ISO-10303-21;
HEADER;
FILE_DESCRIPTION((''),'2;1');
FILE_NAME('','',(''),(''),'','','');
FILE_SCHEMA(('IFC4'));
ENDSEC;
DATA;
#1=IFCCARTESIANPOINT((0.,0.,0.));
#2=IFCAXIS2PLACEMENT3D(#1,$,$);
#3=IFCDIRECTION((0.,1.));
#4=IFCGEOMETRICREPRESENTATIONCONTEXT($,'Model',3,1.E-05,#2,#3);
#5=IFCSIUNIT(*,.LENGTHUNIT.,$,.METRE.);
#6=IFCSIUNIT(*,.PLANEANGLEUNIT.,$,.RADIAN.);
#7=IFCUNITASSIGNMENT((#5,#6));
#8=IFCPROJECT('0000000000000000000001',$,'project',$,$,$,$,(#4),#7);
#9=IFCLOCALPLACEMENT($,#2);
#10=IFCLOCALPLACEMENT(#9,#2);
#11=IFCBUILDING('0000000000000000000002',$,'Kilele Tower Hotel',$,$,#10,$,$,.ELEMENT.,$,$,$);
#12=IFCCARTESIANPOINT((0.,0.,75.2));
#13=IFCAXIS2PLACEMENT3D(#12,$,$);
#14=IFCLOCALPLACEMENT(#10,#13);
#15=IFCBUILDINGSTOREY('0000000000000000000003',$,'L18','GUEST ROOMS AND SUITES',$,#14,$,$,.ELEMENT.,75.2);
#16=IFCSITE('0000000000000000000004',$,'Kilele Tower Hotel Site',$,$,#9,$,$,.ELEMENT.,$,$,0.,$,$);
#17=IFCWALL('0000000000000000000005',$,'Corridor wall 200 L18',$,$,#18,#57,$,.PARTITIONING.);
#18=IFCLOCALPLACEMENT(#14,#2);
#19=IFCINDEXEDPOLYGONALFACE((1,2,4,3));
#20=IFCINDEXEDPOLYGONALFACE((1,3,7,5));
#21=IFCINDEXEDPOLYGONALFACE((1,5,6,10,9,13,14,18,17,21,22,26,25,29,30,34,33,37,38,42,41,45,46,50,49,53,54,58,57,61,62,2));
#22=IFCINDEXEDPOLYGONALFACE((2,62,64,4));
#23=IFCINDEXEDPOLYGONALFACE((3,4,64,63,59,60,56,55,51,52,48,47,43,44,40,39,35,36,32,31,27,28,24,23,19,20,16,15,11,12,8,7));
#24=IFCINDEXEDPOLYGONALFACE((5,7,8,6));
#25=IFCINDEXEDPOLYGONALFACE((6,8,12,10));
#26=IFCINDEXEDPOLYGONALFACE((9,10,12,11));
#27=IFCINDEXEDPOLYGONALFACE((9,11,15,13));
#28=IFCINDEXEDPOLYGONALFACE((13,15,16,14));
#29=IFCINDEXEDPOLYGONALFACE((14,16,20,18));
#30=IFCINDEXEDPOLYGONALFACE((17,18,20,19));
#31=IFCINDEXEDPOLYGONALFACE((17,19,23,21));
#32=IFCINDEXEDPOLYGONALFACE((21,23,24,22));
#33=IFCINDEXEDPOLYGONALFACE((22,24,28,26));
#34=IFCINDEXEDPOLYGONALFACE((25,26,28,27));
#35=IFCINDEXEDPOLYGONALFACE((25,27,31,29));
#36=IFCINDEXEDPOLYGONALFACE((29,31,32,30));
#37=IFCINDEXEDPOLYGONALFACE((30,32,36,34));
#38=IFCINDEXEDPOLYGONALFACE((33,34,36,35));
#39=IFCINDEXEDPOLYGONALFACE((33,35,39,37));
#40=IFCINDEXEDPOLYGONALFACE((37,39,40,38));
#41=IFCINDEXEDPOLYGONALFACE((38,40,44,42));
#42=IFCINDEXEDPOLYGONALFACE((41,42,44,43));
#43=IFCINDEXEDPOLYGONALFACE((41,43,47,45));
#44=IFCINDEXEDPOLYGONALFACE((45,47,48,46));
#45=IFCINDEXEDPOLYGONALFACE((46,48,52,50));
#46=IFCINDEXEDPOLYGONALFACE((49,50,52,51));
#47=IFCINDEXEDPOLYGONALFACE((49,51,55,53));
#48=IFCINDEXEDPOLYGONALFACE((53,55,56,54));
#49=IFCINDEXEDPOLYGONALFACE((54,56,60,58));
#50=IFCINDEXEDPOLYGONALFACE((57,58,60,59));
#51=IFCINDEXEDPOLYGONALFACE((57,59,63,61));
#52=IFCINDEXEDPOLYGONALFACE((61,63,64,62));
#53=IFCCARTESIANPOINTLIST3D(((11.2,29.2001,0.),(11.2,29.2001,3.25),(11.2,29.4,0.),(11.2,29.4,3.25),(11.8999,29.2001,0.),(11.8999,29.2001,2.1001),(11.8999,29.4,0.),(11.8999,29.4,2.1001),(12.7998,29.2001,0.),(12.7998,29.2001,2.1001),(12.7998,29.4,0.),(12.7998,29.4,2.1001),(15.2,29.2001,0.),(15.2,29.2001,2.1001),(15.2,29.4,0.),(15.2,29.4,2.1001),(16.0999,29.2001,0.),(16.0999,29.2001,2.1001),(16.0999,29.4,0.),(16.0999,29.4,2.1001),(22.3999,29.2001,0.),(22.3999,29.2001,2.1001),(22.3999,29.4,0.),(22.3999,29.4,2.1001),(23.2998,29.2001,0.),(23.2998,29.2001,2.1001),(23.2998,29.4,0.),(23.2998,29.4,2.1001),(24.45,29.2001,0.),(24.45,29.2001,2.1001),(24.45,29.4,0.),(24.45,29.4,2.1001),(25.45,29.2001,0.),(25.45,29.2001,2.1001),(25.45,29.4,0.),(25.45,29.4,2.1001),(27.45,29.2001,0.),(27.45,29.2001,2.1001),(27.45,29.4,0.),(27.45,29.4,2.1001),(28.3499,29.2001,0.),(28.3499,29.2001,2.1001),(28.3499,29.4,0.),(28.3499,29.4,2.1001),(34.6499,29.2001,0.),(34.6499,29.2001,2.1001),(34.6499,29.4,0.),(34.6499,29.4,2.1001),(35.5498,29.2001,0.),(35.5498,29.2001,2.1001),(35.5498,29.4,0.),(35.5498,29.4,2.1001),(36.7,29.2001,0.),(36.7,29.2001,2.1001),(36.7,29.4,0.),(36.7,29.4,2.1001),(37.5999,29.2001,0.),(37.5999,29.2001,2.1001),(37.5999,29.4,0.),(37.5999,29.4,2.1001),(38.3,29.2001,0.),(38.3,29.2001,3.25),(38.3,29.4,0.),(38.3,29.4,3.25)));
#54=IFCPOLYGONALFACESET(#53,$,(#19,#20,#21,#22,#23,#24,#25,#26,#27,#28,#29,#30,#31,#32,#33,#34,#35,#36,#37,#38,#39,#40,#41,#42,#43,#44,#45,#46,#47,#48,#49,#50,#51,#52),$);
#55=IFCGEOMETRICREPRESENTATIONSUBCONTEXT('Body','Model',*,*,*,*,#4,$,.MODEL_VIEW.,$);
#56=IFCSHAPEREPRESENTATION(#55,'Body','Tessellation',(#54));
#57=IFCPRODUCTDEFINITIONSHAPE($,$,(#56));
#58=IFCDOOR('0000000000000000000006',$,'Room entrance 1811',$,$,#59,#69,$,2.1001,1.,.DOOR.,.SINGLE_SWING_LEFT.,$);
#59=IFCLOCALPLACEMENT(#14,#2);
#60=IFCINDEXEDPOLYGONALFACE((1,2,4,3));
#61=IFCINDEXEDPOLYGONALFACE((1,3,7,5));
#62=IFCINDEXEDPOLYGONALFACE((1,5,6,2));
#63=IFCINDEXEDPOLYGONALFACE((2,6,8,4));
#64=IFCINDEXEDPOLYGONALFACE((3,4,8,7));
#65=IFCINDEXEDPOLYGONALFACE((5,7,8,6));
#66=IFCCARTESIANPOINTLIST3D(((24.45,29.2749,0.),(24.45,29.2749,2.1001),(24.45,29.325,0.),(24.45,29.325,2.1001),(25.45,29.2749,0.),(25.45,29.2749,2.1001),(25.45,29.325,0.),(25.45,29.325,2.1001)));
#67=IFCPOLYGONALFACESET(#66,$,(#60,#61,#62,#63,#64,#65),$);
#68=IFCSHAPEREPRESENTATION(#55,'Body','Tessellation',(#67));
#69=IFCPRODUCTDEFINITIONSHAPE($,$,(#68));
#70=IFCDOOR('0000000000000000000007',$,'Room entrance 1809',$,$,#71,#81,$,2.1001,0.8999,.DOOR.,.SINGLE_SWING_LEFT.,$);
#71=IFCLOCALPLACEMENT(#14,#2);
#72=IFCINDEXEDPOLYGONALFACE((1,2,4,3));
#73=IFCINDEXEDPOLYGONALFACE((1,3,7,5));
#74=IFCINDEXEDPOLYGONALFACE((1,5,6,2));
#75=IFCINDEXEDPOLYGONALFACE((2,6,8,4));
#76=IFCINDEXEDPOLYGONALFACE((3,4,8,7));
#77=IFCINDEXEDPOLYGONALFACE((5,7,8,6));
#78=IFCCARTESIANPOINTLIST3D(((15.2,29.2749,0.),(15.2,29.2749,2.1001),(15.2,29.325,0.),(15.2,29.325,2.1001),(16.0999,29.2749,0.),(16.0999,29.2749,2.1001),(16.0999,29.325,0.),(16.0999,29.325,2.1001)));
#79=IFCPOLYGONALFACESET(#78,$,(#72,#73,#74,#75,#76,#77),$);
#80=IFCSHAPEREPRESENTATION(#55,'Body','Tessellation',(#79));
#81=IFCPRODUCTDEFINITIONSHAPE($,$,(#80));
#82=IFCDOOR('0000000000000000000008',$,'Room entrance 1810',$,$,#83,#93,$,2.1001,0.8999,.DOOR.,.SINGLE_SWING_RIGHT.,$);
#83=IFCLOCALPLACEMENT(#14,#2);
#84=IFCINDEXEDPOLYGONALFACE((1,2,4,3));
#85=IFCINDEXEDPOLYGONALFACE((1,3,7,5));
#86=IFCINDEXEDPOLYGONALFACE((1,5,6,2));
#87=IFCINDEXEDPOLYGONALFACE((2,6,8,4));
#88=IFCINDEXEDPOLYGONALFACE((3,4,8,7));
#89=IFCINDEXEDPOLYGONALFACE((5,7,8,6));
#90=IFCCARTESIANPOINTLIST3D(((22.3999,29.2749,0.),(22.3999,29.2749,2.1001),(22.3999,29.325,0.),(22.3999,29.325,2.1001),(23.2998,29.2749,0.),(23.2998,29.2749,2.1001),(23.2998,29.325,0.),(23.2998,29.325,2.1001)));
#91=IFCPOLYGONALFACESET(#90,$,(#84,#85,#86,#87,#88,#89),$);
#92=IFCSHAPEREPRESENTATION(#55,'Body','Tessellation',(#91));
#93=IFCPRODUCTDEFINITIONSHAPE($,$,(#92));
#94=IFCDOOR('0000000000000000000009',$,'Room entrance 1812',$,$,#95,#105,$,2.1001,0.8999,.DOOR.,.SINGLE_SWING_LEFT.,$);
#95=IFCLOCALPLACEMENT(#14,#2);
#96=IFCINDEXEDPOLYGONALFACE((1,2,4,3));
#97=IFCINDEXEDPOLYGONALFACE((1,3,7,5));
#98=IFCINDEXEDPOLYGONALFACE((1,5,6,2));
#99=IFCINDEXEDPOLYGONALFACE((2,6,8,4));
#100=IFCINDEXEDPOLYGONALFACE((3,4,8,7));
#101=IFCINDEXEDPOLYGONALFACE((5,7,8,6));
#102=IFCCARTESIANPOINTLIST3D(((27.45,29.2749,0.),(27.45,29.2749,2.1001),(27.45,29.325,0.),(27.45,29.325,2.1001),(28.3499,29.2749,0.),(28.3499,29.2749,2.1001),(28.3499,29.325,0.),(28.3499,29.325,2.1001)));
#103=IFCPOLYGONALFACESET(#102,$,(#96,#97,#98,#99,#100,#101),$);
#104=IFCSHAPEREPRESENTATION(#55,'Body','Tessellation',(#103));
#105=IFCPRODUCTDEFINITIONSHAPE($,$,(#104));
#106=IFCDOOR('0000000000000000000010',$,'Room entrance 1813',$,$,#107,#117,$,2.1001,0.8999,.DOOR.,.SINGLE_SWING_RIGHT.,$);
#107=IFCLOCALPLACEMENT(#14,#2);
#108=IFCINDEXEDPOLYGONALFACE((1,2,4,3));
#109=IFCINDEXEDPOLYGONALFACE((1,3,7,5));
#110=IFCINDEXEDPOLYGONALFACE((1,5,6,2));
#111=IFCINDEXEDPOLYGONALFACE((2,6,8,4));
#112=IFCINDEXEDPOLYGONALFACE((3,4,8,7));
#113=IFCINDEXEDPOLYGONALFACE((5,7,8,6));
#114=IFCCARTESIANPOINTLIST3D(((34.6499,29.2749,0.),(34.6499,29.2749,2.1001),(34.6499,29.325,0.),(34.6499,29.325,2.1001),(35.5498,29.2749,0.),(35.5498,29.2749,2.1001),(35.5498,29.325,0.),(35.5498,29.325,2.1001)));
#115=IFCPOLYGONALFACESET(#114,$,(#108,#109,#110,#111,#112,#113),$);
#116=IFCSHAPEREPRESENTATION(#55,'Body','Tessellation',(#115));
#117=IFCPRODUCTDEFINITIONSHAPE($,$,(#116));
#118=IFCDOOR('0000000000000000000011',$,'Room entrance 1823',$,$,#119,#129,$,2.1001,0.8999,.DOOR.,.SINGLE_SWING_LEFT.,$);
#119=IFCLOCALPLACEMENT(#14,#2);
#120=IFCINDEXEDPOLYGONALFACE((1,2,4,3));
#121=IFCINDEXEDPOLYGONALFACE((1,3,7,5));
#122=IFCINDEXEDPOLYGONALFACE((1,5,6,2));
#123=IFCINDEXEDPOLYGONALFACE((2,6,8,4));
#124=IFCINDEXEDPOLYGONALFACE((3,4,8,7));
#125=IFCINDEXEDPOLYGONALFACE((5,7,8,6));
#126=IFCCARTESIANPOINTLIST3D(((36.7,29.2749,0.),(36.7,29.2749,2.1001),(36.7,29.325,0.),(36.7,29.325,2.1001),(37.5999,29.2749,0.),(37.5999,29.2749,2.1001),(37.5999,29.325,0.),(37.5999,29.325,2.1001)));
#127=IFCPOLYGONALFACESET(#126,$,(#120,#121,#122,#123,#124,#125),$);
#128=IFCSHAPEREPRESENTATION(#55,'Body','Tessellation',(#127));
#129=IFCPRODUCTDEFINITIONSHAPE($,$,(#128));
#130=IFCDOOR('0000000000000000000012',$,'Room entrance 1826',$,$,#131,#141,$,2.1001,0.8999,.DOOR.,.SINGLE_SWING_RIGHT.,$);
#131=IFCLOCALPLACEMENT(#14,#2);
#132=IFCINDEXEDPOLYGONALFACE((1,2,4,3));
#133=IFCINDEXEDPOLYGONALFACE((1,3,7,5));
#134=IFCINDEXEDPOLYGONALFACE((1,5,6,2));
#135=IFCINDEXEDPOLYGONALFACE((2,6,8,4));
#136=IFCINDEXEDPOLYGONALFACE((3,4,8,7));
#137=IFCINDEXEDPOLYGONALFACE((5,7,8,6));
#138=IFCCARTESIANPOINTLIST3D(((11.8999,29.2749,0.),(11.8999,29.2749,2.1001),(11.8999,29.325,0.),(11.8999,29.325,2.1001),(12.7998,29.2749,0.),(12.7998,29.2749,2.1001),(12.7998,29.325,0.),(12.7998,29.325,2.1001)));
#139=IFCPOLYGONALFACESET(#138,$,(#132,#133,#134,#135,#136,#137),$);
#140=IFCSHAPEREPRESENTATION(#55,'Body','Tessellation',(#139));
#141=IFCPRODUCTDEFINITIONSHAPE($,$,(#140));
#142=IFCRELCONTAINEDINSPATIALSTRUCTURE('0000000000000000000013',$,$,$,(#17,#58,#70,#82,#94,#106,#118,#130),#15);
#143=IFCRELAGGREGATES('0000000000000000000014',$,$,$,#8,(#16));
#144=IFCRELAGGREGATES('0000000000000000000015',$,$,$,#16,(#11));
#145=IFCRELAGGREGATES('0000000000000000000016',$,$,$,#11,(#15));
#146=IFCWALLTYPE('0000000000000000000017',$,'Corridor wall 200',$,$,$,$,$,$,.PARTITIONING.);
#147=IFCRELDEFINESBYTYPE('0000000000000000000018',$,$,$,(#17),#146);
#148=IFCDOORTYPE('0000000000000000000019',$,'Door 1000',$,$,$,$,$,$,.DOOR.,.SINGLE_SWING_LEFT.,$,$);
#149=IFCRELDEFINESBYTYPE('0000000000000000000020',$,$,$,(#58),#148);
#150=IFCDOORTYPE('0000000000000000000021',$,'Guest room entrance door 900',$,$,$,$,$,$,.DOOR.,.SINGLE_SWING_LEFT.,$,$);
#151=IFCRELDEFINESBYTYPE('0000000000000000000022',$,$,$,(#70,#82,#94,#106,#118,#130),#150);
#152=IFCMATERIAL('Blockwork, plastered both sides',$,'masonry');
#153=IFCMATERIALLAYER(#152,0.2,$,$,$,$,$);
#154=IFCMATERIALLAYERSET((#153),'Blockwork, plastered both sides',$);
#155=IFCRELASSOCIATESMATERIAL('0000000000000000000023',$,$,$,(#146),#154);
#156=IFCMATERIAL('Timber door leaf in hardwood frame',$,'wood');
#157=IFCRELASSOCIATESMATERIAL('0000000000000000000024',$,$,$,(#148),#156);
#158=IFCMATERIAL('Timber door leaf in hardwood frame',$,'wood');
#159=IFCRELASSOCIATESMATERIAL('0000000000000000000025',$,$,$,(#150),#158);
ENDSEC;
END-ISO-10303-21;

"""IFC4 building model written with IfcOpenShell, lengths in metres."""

from ifc_helpers import new_model, si_unit, direction, frame, frame_2d, origin, place, context, subcontext, project, spatial, rectangle, extrude, material, layer, layer_set, type_object, element, fill, save


model = new_model("IFC4")

# Units and contexts
model_context = context("Model", 3, precision=1e-05, world=origin(), true_north=direction((0.0, 1.0)))
body_context = subcontext(model_context, "Body", "Model", "MODEL_VIEW")
ifc_project = project(units=[si_unit("LENGTHUNIT", "METRE"), si_unit("PLANEANGLEUNIT", "RADIAN")], contexts=[model_context])

# Site, building, storey
site_placement = place(None, origin())
site = spatial("IfcSite", under=ifc_project, at=site_placement, Name="Kilele Tower Hotel Site", CompositionType="ELEMENT", RefElevation=0.0)
building_placement = place(site_placement, origin())
building = spatial("IfcBuilding", under=site, at=building_placement, Name="Kilele Tower Hotel", CompositionType="ELEMENT")
storey_placement = place(building_placement, frame((0.0, 0.0, 75.2)))
storey = spatial("IfcBuildingStorey", under=building, at=storey_placement, Name="L18", Description="GUEST ROOMS AND SUITES", CompositionType="ELEMENT", Elevation=75.2)

# Wall, openings, doors
ifc_material_1 = material(Name="Blockwork, plastered both sides", Category="masonry")
ifc_layer_1 = layer(ifc_material_1, 0.2)
ifc_layer_set_1 = layer_set([ifc_layer_1], Name="Blockwork, plastered both sides")
wall_type_1 = type_object("IfcWallType", Name="Corridor wall 200", PredefinedType="PARTITIONING", material=ifc_layer_set_1)
wall_1_placement = place(storey_placement, frame((11.2, 29.3, 0.0), z_axis=(0.0, 0.0, 1.0), x_axis=(1.0, 0.0, 0.0)))
wall_1 = element("IfcWall", 1, at=wall_1_placement, inside=storey, type_object=wall_type_1, Name="Corridor wall 200 L18", PredefinedType="PARTITIONING", context=body_context, shape_type="SweptSolid", body=[
    extrude(rectangle(XDim=27.1001, YDim=0.2, at=frame_2d((13.55, 0.0))), origin(), (0.0, 0.0, 1.0), 3.25),
])
opening_1_placement = place(wall_1_placement, frame((4.0, 0.0, 0.0)))
opening_1 = element("IfcOpeningElement", 2, at=opening_1_placement, cuts=wall_1, PredefinedType="OPENING", context=body_context, shape_type="SweptSolid", body=[
    extrude(rectangle(XDim=0.8999, YDim=2.1001, at=frame_2d((0.45, 1.05))), frame((0.0, 0.1099, 0.0), z_axis=(0.0, -1.0, 0.0), x_axis=(1.0, 0.0, 0.0)), (0.0, 0.0, 1.0), 0.22),
])
opening_2_placement = place(wall_1_placement, frame((11.2, 0.0, 0.0)))
opening_2 = element("IfcOpeningElement", 3, at=opening_2_placement, cuts=wall_1, PredefinedType="OPENING", context=body_context, shape_type="SweptSolid", body=[
    extrude(rectangle(XDim=0.8999, YDim=2.1001, at=frame_2d((0.45, 1.05))), frame((0.0, 0.1099, 0.0), z_axis=(0.0, -1.0, 0.0), x_axis=(1.0, 0.0, 0.0)), (0.0, 0.0, 1.0), 0.22),
])
opening_3_placement = place(wall_1_placement, frame((13.25, 0.0, 0.0)))
opening_3 = element("IfcOpeningElement", 4, at=opening_3_placement, cuts=wall_1, PredefinedType="OPENING", context=body_context, shape_type="SweptSolid", body=[
    extrude(rectangle(XDim=1.0, YDim=2.1001, at=frame_2d((0.5, 1.05))), frame((0.0, 0.1099, 0.0), z_axis=(0.0, -1.0, 0.0), x_axis=(1.0, 0.0, 0.0)), (0.0, 0.0, 1.0), 0.22),
])
opening_4_placement = place(wall_1_placement, frame((16.25, 0.0, 0.0)))
opening_4 = element("IfcOpeningElement", 5, at=opening_4_placement, cuts=wall_1, PredefinedType="OPENING", context=body_context, shape_type="SweptSolid", body=[
    extrude(rectangle(XDim=0.8999, YDim=2.1001, at=frame_2d((0.45, 1.05))), frame((0.0, 0.1099, 0.0), z_axis=(0.0, -1.0, 0.0), x_axis=(1.0, 0.0, 0.0)), (0.0, 0.0, 1.0), 0.22),
])
opening_5_placement = place(wall_1_placement, frame((23.45, 0.0, 0.0)))
opening_5 = element("IfcOpeningElement", 6, at=opening_5_placement, cuts=wall_1, PredefinedType="OPENING", context=body_context, shape_type="SweptSolid", body=[
    extrude(rectangle(XDim=0.8999, YDim=2.1001, at=frame_2d((0.45, 1.05))), frame((0.0, 0.1099, 0.0), z_axis=(0.0, -1.0, 0.0), x_axis=(1.0, 0.0, 0.0)), (0.0, 0.0, 1.0), 0.22),
])
opening_6_placement = place(wall_1_placement, frame((25.5, 0.0, 0.0)))
opening_6 = element("IfcOpeningElement", 7, at=opening_6_placement, cuts=wall_1, PredefinedType="OPENING", context=body_context, shape_type="SweptSolid", body=[
    extrude(rectangle(XDim=0.8999, YDim=2.1001, at=frame_2d((0.45, 1.05))), frame((0.0, 0.1099, 0.0), z_axis=(0.0, -1.0, 0.0), x_axis=(1.0, 0.0, 0.0)), (0.0, 0.0, 1.0), 0.22),
])
opening_7_placement = place(wall_1_placement, frame((0.7, 0.0, 0.0)))
opening_7 = element("IfcOpeningElement", 8, at=opening_7_placement, cuts=wall_1, PredefinedType="OPENING", context=body_context, shape_type="SweptSolid", body=[
    extrude(rectangle(XDim=0.8999, YDim=2.1001, at=frame_2d((0.45, 1.05))), frame((0.0, 0.1099, 0.0), z_axis=(0.0, -1.0, 0.0), x_axis=(1.0, 0.0, 0.0)), (0.0, 0.0, 1.0), 0.22),
])
ifc_material_2 = material(Name="Timber door leaf in hardwood frame", Category="wood")
door_type_1 = type_object("IfcDoorType", Name="Door 1000", OperationType="SINGLE_SWING_LEFT", PredefinedType="DOOR", material=ifc_material_2)
door_1_placement = place(opening_3_placement, origin())
door_1 = element("IfcDoor", 9, at=door_1_placement, inside=storey, type_object=door_type_1, Name="Room entrance 1811", OperationType="SINGLE_SWING_LEFT", OverallHeight=2.1001, OverallWidth=1.0, PredefinedType="DOOR", context=body_context, shape_type="SweptSolid", body=[
    extrude(rectangle(XDim=1.0, YDim=2.1001, at=frame_2d((0.5, 1.05))), frame((0.0, 0.0249, 0.0), z_axis=(0.0, -1.0, 0.0), x_axis=(1.0, 0.0, 0.0)), (0.0, 0.0, 1.0), 0.05),
])
fill(opening_3, door_1)
ifc_material_3 = material(Name="Timber door leaf in hardwood frame", Category="wood")
door_type_2 = type_object("IfcDoorType", Name="Guest room entrance door 900", OperationType="SINGLE_SWING_LEFT", PredefinedType="DOOR", material=ifc_material_3)
door_2_placement = place(opening_1_placement, origin())
door_2 = element("IfcDoor", 10, at=door_2_placement, inside=storey, type_object=door_type_2, Name="Room entrance 1809", OperationType="SINGLE_SWING_LEFT", OverallHeight=2.1001, OverallWidth=0.8999, PredefinedType="DOOR", context=body_context, shape_type="SweptSolid", body=[
    extrude(rectangle(XDim=0.8999, YDim=2.1001, at=frame_2d((0.45, 1.05))), frame((0.0, 0.0249, 0.0), z_axis=(0.0, -1.0, 0.0), x_axis=(1.0, 0.0, 0.0)), (0.0, 0.0, 1.0), 0.05),
])
fill(opening_1, door_2)
door_3_placement = place(opening_2_placement, origin())
door_3 = element("IfcDoor", 11, at=door_3_placement, inside=storey, type_object=door_type_2, Name="Room entrance 1810", OperationType="SINGLE_SWING_RIGHT", OverallHeight=2.1001, OverallWidth=0.8999, PredefinedType="DOOR", context=body_context, shape_type="SweptSolid", body=[
    extrude(rectangle(XDim=0.8999, YDim=2.1001, at=frame_2d((0.45, 1.05))), frame((0.0, 0.0249, 0.0), z_axis=(0.0, -1.0, 0.0), x_axis=(1.0, 0.0, 0.0)), (0.0, 0.0, 1.0), 0.05),
])
fill(opening_2, door_3)
door_4_placement = place(opening_4_placement, origin())
door_4 = element("IfcDoor", 12, at=door_4_placement, inside=storey, type_object=door_type_2, Name="Room entrance 1812", OperationType="SINGLE_SWING_LEFT", OverallHeight=2.1001, OverallWidth=0.8999, PredefinedType="DOOR", context=body_context, shape_type="SweptSolid", body=[
    extrude(rectangle(XDim=0.8999, YDim=2.1001, at=frame_2d((0.45, 1.05))), frame((0.0, 0.0249, 0.0), z_axis=(0.0, -1.0, 0.0), x_axis=(1.0, 0.0, 0.0)), (0.0, 0.0, 1.0), 0.05),
])
fill(opening_4, door_4)
door_5_placement = place(opening_5_placement, origin())
door_5 = element("IfcDoor", 13, at=door_5_placement, inside=storey, type_object=door_type_2, Name="Room entrance 1813", OperationType="SINGLE_SWING_RIGHT", OverallHeight=2.1001, OverallWidth=0.8999, PredefinedType="DOOR", context=body_context, shape_type="SweptSolid", body=[
    extrude(rectangle(XDim=0.8999, YDim=2.1001, at=frame_2d((0.45, 1.05))), frame((0.0, 0.0249, 0.0), z_axis=(0.0, -1.0, 0.0), x_axis=(1.0, 0.0, 0.0)), (0.0, 0.0, 1.0), 0.05),
])
fill(opening_5, door_5)
door_6_placement = place(opening_6_placement, origin())
door_6 = element("IfcDoor", 14, at=door_6_placement, inside=storey, type_object=door_type_2, Name="Room entrance 1823", OperationType="SINGLE_SWING_LEFT", OverallHeight=2.1001, OverallWidth=0.8999, PredefinedType="DOOR", context=body_context, shape_type="SweptSolid", body=[
    extrude(rectangle(XDim=0.8999, YDim=2.1001, at=frame_2d((0.45, 1.05))), frame((0.0, 0.0249, 0.0), z_axis=(0.0, -1.0, 0.0), x_axis=(1.0, 0.0, 0.0)), (0.0, 0.0, 1.0), 0.05),
])
fill(opening_6, door_6)
door_7_placement = place(opening_7_placement, origin())
door_7 = element("IfcDoor", 15, at=door_7_placement, inside=storey, type_object=door_type_2, Name="Room entrance 1826", OperationType="SINGLE_SWING_RIGHT", OverallHeight=2.1001, OverallWidth=0.8999, PredefinedType="DOOR", context=body_context, shape_type="SweptSolid", body=[
    extrude(rectangle(XDim=0.8999, YDim=2.1001, at=frame_2d((0.45, 1.05))), frame((0.0, 0.0249, 0.0), z_axis=(0.0, -1.0, 0.0), x_axis=(1.0, 0.0, 0.0)), (0.0, 0.0, 1.0), 0.05),
])
fill(opening_7, door_7)

save(model, "model.ifc")
